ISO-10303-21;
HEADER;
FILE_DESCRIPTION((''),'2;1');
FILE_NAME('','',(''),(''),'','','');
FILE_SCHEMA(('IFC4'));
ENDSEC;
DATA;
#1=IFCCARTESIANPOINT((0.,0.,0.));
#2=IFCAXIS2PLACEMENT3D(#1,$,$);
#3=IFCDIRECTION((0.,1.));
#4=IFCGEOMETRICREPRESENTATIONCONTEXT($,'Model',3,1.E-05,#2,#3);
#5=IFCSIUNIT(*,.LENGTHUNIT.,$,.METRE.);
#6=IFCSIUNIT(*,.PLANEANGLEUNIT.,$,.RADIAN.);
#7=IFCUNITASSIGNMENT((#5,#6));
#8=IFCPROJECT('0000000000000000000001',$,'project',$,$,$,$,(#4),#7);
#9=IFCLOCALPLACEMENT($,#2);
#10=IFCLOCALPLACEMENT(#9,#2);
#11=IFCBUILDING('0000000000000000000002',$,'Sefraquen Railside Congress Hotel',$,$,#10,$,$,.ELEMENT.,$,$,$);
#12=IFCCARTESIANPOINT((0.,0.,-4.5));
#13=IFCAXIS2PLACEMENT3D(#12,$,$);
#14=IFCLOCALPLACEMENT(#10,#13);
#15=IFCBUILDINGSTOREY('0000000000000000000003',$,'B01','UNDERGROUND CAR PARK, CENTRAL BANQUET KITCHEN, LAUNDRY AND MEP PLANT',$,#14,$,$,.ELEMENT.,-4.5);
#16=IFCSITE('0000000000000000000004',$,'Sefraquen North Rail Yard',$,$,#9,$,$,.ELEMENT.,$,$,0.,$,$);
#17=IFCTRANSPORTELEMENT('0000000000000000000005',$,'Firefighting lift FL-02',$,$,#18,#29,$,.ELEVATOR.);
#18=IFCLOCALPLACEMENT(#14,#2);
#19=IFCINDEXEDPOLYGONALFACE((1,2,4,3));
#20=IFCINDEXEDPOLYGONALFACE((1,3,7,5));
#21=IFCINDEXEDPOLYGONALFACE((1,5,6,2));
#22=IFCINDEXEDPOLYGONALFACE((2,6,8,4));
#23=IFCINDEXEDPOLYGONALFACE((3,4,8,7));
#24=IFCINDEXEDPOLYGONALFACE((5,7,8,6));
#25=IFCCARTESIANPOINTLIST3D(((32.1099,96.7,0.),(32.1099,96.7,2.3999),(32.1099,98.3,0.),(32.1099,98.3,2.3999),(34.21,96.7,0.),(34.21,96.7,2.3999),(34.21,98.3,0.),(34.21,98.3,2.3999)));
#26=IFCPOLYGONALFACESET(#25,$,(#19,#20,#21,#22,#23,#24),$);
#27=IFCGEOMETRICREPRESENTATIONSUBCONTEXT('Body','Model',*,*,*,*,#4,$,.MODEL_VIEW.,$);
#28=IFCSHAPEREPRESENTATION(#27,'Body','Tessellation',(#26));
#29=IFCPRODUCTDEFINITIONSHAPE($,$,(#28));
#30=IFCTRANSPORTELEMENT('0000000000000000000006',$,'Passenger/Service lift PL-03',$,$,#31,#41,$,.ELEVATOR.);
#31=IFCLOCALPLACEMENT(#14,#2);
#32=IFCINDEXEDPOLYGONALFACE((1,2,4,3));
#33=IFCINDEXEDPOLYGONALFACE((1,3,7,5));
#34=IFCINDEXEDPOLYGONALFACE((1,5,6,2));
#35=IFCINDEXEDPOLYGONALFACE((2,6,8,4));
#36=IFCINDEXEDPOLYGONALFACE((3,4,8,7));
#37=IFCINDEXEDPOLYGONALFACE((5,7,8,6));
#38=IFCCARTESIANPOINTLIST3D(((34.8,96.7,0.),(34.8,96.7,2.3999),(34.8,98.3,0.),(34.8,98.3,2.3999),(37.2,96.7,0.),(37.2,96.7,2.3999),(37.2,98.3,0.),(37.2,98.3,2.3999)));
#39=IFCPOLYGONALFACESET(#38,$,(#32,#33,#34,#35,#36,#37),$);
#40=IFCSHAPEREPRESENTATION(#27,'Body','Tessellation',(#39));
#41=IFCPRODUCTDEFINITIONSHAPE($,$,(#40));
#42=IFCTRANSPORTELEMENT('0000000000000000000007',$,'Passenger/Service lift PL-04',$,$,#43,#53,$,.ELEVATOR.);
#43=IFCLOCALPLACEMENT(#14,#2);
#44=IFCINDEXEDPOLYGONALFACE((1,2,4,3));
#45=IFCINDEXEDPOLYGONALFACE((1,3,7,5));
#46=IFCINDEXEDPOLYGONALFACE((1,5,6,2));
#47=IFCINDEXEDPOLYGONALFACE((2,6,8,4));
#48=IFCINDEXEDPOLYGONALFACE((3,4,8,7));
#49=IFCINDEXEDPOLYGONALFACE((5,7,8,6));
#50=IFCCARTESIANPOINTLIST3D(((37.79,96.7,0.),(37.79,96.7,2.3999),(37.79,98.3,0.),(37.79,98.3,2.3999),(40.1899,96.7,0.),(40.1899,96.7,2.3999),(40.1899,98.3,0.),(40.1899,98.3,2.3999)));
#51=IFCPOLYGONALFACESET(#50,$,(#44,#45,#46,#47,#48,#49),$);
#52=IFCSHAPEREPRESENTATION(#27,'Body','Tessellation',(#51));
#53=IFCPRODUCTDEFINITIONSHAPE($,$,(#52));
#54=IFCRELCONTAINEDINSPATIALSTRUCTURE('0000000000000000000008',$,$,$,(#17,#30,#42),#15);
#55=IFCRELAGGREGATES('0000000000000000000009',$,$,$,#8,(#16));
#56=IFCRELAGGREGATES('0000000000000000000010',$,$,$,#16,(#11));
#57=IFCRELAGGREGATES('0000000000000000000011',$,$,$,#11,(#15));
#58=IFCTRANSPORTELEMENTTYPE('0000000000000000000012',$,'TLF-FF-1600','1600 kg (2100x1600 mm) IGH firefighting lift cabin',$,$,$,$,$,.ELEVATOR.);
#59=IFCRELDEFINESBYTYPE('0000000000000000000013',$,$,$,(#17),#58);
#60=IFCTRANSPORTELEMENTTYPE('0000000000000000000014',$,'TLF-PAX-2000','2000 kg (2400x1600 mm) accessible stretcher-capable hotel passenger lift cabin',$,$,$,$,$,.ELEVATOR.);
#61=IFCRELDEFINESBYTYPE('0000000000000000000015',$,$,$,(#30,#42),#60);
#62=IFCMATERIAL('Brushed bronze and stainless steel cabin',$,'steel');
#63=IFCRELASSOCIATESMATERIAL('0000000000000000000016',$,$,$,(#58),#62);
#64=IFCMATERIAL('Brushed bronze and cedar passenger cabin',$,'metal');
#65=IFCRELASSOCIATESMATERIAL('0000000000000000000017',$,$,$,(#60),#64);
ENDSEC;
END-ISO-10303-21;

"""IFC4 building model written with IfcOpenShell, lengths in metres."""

from ifc_helpers import new_model, si_unit, direction, frame, origin, origin_2d, place, context, subcontext, project, spatial, rectangle, extrude, material, type_object, element, save


model = new_model("IFC4")

# Units and contexts
model_context = context("Model", 3, precision=1e-05, world=origin(), true_north=direction((0.0, 1.0)))
body_context = subcontext(model_context, "Body", "Model", "MODEL_VIEW")
ifc_project = project(units=[si_unit("LENGTHUNIT", "METRE"), si_unit("PLANEANGLEUNIT", "RADIAN")], contexts=[model_context])

# Site, building, storey
site_placement = place(None, origin())
site = spatial("IfcSite", under=ifc_project, at=site_placement, Name="Sefraquen North Rail Yard", CompositionType="ELEMENT", RefElevation=0.0)
building_placement = place(site_placement, origin())
building = spatial("IfcBuilding", under=site, at=building_placement, Name="Sefraquen Railside Congress Hotel", CompositionType="ELEMENT")
storey_placement = place(building_placement, frame((0.0, 0.0, -4.5)))
storey = spatial("IfcBuildingStorey", under=building, at=storey_placement, Name="B01", Description="UNDERGROUND CAR PARK, CENTRAL BANQUET KITCHEN, LAUNDRY AND MEP PLANT", CompositionType="ELEMENT", Elevation=-4.5)

# Transport elements
ifc_material_1 = material(Name="Brushed bronze and stainless steel cabin", Category="steel")
transport_element_type_1 = type_object("IfcTransportElementType", Name="TLF-FF-1600", Description="1600 kg (2100x1600 mm) IGH firefighting lift cabin", PredefinedType="ELEVATOR", material=ifc_material_1)
transport_element_placement = place(storey_placement, frame((33.1599, 97.5, 0.0), z_axis=(0.0, 0.0, 1.0), x_axis=(1.0, 0.0, 0.0)))
element("IfcTransportElement", 1, at=transport_element_placement, inside=storey, type_object=transport_element_type_1, Name="Firefighting lift FL-02", PredefinedType="ELEVATOR", context=body_context, shape_type="SweptSolid", body=[
    extrude(rectangle(XDim=2.1001, YDim=1.6001, at=origin_2d()), origin(), (0.0, 0.0, 1.0), 2.3999),
])
ifc_material_2 = material(Name="Brushed bronze and cedar passenger cabin", Category="metal")
transport_element_type_2 = type_object("IfcTransportElementType", Name="TLF-PAX-2000", Description="2000 kg (2400x1600 mm) accessible stretcher-capable hotel passenger lift cabin", PredefinedType="ELEVATOR", material=ifc_material_2)
for number, where, z_axis, x_axis, name in (
    (2, (36.0, 97.5, 0.0), (0.0, 0.0, 1.0), (1.0, 0.0, 0.0), "Passenger/Service lift PL-03"),
    (3, (38.99, 97.5, 0.0), (0.0, 0.0, 1.0), (1.0, 0.0, 0.0), "Passenger/Service lift PL-04"),
):
    element("IfcTransportElement", number, at=place(storey_placement, frame(where, z_axis=z_axis, x_axis=x_axis)), inside=storey, type_object=transport_element_type_2, Name=name, PredefinedType="ELEVATOR", context=body_context, shape_type="SweptSolid", body=[
        extrude(rectangle(XDim=2.3999, YDim=1.6001, at=origin_2d()), origin(), (0.0, 0.0, 1.0), 2.3999),
    ])

save(model, "model.ifc")
